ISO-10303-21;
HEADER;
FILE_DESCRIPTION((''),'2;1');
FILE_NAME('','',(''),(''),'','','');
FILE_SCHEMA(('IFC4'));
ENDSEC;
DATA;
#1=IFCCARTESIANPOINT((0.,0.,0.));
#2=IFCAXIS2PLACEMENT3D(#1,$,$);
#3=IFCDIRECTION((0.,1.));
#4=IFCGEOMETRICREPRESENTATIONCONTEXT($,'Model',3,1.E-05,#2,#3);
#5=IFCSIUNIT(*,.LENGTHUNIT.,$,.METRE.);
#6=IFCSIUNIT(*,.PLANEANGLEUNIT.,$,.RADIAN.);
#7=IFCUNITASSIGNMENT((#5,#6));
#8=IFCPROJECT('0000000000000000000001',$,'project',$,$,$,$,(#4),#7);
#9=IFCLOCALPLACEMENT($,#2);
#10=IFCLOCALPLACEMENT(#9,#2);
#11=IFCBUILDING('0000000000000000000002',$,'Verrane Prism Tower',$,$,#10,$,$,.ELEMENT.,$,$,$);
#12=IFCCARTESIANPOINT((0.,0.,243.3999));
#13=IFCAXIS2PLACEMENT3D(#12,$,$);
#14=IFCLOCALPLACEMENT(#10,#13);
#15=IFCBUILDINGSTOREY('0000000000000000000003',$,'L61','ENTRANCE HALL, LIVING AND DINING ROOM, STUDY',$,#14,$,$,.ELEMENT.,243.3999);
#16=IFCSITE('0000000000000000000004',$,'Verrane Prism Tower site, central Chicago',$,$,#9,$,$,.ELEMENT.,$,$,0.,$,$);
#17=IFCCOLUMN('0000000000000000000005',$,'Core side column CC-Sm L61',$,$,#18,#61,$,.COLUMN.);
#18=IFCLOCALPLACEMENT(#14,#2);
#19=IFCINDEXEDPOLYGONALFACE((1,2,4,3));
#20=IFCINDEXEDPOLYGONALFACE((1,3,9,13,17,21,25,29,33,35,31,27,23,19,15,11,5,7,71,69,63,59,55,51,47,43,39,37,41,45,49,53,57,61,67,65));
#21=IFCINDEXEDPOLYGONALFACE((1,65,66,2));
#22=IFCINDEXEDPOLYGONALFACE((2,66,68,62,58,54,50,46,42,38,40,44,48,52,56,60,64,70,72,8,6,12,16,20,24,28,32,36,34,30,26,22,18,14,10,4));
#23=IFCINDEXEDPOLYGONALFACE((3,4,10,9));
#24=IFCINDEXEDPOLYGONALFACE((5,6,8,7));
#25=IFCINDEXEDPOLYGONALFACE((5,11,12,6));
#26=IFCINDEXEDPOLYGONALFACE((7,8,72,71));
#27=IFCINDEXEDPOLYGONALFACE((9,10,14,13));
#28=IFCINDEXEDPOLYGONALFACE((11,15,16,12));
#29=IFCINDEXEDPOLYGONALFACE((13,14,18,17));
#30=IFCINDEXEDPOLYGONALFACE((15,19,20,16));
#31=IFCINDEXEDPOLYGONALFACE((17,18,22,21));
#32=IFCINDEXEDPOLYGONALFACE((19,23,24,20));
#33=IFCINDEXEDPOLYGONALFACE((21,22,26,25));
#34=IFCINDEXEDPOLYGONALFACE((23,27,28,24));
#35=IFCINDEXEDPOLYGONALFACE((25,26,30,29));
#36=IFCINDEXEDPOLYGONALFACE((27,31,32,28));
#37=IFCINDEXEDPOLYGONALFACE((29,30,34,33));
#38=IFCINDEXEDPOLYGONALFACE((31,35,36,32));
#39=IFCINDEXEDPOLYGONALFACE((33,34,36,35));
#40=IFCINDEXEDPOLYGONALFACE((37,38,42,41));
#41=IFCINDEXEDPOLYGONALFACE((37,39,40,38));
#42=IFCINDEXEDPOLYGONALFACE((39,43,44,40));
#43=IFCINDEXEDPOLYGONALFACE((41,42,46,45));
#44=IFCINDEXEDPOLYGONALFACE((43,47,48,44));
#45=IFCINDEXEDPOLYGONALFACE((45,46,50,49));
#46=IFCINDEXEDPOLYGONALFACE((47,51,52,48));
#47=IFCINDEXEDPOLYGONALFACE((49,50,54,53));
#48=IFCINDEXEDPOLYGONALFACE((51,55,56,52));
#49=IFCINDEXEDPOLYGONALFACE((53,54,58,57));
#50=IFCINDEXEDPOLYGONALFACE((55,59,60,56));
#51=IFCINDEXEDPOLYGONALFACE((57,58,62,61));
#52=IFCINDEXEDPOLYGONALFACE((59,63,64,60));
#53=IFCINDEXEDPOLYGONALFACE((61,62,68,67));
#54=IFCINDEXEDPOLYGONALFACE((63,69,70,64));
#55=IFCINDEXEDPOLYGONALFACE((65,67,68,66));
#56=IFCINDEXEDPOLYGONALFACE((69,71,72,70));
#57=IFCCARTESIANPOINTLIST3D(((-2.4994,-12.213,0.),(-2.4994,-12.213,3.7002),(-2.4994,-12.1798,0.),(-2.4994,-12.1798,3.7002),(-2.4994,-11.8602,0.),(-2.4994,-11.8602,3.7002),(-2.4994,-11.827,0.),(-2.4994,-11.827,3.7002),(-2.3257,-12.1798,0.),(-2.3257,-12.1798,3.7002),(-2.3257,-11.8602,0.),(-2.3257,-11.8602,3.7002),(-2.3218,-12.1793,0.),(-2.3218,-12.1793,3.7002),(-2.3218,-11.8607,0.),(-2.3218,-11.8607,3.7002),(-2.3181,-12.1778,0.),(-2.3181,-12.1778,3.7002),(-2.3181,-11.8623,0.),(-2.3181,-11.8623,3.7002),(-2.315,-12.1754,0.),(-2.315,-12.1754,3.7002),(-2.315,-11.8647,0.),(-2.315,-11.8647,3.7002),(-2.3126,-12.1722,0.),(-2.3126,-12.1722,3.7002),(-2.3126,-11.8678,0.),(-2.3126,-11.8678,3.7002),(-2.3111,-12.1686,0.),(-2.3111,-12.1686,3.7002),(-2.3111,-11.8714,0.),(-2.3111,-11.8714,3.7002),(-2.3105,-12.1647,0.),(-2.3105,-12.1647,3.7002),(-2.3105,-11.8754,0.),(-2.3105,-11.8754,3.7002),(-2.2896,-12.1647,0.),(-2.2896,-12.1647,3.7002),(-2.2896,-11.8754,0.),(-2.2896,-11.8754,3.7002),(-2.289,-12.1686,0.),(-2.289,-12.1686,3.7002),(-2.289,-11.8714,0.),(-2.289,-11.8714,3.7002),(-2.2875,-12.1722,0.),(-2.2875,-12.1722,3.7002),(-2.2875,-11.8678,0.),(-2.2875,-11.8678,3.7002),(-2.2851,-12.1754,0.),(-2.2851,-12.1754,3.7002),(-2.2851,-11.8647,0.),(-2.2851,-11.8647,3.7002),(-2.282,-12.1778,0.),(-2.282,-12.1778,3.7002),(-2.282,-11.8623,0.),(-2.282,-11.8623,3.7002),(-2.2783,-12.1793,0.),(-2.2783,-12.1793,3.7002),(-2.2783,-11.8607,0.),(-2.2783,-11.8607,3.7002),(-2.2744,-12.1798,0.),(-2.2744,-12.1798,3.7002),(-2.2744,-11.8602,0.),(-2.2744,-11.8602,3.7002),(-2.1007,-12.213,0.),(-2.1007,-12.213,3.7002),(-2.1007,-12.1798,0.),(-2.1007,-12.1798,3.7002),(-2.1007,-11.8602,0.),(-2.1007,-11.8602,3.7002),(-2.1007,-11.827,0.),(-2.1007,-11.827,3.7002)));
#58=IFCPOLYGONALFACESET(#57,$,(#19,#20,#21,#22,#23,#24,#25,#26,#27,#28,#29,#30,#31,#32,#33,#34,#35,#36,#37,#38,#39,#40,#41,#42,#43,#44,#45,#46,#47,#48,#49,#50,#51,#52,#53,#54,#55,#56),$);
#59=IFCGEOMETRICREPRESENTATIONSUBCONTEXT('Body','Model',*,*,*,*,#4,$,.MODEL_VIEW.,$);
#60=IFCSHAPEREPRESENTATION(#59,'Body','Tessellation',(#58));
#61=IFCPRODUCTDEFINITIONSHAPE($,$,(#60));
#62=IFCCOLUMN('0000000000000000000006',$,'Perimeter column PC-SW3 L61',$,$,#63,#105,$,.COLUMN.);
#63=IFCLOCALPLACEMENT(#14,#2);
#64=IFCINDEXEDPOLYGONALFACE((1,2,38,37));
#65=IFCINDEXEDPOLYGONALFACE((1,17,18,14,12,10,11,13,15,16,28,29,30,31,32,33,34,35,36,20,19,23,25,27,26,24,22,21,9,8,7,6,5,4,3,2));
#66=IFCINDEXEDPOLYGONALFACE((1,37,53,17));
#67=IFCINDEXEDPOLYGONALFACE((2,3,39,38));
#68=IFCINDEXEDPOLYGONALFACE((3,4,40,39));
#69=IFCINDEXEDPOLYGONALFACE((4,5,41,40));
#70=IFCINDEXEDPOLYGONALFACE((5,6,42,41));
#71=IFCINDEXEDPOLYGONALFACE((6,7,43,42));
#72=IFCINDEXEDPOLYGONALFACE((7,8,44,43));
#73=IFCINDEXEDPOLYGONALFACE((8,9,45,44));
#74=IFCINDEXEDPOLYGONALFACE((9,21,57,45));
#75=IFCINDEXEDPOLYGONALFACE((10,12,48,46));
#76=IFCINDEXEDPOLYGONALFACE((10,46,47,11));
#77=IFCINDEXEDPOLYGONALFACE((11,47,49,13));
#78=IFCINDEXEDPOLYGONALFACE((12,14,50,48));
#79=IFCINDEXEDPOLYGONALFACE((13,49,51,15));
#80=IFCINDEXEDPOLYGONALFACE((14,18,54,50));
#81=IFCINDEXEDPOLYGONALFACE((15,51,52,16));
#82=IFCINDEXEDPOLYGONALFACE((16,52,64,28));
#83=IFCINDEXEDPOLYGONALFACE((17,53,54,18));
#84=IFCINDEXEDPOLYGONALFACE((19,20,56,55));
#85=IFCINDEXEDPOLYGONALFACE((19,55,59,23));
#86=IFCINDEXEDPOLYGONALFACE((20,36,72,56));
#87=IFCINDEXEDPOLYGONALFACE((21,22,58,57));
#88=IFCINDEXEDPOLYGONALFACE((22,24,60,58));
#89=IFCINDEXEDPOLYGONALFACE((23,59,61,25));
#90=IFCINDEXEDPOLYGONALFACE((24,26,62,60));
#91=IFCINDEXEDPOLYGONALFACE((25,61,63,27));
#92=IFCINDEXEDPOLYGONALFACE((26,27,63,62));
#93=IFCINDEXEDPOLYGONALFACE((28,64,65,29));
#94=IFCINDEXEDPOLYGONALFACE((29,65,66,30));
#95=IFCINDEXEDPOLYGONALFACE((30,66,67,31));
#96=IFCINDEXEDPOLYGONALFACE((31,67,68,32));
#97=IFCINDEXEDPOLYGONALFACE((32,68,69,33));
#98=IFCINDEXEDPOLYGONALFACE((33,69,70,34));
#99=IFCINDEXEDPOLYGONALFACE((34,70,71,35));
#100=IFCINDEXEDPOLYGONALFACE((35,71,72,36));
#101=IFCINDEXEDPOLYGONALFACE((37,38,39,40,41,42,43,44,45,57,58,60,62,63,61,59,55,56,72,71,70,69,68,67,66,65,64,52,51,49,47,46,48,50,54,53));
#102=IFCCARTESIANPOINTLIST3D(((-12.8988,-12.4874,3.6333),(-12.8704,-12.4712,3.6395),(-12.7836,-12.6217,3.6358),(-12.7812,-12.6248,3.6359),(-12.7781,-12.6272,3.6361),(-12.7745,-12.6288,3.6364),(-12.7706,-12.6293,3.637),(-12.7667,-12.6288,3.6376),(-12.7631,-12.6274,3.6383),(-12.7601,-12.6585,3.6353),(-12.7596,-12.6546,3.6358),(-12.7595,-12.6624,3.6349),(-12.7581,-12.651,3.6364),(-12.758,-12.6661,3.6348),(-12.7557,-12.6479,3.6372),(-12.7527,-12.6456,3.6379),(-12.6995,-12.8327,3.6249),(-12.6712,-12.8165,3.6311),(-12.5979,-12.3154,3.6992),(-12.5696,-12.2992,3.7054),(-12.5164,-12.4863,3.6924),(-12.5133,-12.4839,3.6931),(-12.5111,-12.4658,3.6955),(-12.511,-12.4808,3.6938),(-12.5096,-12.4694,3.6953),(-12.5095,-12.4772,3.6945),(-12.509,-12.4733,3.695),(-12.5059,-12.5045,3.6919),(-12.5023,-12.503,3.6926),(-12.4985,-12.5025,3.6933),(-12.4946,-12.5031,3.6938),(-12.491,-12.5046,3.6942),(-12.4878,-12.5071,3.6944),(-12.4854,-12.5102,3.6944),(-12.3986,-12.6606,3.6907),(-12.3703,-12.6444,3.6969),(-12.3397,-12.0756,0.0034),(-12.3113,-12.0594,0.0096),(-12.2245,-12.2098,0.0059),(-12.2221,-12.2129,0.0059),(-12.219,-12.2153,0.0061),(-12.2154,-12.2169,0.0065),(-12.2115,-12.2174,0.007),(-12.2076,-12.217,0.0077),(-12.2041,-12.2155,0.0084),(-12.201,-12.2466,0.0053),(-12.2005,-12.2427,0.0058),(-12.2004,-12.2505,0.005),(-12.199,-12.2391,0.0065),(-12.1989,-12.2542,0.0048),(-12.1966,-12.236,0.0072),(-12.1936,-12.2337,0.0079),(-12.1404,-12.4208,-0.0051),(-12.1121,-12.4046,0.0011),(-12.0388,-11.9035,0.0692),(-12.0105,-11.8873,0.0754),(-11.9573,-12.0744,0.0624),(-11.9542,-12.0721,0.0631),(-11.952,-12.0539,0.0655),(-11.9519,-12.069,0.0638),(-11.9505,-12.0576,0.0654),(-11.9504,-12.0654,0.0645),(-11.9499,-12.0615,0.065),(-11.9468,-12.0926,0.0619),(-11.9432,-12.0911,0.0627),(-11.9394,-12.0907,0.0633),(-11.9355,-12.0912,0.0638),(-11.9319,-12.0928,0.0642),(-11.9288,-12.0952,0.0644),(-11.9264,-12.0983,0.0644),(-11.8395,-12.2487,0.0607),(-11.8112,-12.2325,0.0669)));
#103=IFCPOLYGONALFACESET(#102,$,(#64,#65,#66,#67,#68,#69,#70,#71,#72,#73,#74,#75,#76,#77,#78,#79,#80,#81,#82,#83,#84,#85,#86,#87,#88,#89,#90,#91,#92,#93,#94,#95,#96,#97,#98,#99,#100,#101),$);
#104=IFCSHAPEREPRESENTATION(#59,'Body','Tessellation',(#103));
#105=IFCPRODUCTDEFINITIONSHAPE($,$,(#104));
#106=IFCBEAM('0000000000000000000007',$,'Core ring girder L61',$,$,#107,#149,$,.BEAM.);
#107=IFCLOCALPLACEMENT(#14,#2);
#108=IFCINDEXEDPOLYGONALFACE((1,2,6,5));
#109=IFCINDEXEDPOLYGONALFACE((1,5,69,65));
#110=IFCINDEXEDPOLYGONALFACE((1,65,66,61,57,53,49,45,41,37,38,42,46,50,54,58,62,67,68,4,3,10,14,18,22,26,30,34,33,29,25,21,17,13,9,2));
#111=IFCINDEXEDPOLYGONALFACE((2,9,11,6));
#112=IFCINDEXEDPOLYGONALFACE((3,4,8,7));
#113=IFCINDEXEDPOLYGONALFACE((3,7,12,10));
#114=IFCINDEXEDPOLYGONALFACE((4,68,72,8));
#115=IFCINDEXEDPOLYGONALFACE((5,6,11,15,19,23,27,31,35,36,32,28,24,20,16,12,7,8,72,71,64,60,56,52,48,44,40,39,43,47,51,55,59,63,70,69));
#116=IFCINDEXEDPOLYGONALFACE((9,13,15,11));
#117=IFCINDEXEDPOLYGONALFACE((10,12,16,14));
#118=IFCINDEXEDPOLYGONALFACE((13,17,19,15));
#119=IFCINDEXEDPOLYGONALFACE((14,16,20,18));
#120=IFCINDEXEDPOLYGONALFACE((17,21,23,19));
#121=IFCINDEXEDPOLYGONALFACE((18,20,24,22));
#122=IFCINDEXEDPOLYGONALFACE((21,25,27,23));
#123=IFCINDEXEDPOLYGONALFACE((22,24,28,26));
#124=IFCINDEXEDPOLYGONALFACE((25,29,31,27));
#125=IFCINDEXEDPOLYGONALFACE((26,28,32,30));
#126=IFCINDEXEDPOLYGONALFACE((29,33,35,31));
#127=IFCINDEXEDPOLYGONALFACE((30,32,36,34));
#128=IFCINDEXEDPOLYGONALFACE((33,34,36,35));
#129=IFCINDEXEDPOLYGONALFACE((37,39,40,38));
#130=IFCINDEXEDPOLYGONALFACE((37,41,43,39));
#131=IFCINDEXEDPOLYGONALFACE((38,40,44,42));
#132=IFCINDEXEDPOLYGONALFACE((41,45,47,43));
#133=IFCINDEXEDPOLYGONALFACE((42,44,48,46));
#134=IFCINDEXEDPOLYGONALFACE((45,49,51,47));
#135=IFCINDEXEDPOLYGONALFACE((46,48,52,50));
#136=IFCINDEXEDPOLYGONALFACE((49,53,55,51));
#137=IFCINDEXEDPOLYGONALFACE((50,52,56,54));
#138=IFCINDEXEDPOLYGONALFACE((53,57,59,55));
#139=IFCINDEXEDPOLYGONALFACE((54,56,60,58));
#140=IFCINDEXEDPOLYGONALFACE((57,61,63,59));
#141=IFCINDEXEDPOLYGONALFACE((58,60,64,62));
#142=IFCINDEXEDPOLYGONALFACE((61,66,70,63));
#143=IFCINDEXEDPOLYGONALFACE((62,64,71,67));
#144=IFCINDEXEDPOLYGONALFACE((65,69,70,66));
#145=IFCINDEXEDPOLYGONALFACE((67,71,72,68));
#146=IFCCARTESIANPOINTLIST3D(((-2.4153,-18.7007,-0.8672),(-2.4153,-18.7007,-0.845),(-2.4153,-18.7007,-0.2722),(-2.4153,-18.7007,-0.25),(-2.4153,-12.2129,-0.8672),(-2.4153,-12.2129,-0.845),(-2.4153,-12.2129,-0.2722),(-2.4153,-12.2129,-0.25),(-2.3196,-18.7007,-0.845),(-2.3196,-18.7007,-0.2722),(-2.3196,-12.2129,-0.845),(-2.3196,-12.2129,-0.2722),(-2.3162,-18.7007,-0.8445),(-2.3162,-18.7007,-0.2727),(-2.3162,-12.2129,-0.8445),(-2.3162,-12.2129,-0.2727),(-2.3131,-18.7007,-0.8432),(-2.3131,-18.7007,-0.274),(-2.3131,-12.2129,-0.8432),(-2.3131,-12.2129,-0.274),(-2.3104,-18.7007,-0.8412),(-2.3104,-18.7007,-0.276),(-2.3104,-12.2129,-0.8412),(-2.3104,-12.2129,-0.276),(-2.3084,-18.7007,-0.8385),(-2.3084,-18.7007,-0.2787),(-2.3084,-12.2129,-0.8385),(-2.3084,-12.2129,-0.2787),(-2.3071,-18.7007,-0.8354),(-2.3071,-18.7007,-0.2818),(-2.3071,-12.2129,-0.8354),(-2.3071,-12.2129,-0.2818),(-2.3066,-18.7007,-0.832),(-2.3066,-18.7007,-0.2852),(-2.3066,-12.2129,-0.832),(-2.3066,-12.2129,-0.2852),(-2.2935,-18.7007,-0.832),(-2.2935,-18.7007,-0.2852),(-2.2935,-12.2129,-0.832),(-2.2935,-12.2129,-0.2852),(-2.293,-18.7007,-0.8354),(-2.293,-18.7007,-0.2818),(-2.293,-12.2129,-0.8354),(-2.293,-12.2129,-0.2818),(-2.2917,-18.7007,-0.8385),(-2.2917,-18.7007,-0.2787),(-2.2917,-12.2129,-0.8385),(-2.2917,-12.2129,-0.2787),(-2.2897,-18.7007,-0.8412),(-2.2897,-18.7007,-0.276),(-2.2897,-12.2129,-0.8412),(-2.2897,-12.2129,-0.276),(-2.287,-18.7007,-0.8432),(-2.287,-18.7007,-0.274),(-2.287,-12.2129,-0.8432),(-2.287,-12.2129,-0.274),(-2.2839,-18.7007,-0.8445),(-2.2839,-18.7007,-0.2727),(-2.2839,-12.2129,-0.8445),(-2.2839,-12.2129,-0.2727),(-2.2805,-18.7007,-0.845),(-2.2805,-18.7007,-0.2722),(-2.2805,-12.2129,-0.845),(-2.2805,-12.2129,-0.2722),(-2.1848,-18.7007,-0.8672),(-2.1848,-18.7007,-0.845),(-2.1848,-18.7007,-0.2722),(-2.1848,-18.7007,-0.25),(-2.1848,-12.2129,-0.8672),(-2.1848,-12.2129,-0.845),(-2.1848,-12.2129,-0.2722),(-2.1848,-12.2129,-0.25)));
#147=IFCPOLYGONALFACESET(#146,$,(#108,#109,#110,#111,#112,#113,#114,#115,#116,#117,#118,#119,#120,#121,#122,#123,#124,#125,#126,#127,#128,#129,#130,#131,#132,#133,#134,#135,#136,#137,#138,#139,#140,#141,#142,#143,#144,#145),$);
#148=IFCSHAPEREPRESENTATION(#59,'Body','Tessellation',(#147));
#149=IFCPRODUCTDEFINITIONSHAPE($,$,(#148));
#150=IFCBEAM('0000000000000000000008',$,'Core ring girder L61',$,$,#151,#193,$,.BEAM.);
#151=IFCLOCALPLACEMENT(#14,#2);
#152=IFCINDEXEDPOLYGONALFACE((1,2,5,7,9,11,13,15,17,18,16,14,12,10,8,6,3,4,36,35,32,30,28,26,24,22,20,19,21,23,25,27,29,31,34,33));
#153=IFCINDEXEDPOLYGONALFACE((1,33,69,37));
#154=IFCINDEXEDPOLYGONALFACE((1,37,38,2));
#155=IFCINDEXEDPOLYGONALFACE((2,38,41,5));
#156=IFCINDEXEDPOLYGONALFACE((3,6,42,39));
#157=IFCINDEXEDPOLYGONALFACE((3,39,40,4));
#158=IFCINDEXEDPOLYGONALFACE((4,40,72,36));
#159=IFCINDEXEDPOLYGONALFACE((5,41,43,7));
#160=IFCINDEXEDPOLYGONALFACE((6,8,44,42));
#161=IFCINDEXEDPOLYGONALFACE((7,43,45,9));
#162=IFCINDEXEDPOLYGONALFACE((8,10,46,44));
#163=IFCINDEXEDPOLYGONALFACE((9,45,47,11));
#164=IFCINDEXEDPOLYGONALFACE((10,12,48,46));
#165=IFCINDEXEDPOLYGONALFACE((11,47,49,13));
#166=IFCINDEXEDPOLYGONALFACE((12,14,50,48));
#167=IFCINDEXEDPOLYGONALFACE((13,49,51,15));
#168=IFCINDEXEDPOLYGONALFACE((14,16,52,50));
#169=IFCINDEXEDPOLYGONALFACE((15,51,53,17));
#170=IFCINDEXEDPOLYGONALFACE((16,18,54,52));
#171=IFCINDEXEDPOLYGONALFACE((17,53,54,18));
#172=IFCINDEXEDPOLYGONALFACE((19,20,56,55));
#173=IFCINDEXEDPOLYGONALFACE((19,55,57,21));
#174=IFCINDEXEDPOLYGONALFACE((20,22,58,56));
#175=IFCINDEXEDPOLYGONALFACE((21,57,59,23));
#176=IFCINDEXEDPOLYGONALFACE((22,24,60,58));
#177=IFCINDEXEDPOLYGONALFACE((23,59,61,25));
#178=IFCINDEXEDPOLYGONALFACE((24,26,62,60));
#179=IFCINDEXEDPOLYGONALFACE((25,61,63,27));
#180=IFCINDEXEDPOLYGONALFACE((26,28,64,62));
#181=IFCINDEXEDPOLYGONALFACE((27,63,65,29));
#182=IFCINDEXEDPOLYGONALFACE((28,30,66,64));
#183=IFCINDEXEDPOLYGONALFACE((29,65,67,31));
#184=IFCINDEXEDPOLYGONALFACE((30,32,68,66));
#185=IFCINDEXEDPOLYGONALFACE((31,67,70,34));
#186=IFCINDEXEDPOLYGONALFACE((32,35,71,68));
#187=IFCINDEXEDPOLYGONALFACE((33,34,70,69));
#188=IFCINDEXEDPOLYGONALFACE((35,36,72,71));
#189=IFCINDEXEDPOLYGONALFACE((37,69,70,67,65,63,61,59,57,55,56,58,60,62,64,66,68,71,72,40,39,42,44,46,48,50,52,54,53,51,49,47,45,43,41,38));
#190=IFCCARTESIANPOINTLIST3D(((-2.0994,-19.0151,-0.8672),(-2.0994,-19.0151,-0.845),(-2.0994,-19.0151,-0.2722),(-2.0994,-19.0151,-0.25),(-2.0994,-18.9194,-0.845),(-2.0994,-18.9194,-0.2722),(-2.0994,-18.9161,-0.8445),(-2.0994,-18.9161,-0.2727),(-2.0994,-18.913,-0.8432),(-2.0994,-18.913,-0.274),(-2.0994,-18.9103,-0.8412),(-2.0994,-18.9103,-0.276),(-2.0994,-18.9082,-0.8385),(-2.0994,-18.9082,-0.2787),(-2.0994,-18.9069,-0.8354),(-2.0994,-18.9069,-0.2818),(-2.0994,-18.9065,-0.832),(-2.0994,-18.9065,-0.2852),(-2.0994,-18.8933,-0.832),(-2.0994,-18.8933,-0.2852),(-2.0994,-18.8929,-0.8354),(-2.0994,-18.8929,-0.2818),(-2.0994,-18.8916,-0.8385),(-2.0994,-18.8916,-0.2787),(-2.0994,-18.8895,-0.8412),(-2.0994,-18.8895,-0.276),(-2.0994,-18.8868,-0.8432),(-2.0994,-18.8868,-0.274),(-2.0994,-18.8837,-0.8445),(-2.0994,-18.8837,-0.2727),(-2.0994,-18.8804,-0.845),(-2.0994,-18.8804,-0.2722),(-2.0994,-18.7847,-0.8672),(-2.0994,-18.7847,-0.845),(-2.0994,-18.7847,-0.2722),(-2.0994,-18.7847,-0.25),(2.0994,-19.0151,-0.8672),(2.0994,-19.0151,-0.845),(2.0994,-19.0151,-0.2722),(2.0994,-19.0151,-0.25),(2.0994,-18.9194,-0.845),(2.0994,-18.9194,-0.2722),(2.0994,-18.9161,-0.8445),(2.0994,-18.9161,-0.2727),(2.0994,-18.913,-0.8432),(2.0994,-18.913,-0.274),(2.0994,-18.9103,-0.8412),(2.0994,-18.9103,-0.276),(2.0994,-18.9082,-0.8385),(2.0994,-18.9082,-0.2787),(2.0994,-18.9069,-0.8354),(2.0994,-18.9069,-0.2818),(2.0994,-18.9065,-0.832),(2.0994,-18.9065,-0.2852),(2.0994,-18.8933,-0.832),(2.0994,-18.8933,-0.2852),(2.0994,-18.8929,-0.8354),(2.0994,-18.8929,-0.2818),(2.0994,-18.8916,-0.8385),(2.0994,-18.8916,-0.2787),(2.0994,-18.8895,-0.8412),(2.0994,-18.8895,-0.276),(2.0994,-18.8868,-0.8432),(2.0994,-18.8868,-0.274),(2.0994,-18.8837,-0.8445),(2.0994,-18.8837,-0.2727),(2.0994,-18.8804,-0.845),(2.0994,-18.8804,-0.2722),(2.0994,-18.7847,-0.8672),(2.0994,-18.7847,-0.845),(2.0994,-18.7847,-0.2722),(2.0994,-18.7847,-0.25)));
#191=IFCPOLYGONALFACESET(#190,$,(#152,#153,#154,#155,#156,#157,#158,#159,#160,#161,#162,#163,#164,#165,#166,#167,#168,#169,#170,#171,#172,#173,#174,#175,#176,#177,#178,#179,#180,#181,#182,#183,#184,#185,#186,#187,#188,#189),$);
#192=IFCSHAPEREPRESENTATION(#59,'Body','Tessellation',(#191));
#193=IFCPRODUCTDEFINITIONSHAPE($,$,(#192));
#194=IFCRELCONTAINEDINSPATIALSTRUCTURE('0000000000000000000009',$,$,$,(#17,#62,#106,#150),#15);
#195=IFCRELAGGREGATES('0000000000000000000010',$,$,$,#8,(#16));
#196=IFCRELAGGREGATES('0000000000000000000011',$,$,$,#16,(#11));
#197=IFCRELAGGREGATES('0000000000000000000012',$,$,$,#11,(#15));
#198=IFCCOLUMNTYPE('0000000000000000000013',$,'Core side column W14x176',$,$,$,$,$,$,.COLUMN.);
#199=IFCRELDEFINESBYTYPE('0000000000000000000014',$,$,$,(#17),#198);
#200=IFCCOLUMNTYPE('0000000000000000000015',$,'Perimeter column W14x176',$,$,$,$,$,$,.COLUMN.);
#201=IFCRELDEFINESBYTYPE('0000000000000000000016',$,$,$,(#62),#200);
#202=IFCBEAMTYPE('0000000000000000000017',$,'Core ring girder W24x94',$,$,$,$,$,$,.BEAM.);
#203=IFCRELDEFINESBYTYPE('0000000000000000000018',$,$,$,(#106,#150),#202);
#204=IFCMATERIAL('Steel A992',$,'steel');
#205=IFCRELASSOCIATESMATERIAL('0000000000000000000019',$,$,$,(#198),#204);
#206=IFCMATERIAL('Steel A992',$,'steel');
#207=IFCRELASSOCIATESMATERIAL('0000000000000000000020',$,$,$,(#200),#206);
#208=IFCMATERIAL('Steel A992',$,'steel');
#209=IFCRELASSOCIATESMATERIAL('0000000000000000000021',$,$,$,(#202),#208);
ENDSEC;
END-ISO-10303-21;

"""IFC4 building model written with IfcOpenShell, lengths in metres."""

from ifc_helpers import new_model, si_unit, direction, frame, origin, origin_2d, place, context, subcontext, project, spatial, i_section, extrude, material, material_profile, profile_set, type_object, element, save


model = new_model("IFC4")

# Units and contexts
model_context = context("Model", 3, precision=1e-05, world=origin(), true_north=direction((0.0, 1.0)))
body_context = subcontext(model_context, "Body", "Model", "MODEL_VIEW")
ifc_project = project(units=[si_unit("LENGTHUNIT", "METRE"), si_unit("PLANEANGLEUNIT", "RADIAN")], contexts=[model_context])

# Site, building, storey
site_placement = place(None, origin())
site = spatial("IfcSite", under=ifc_project, at=site_placement, Name="Verrane Prism Tower site, central Chicago", CompositionType="ELEMENT", RefElevation=0.0)
building_placement = place(site_placement, origin())
building = spatial("IfcBuilding", under=site, at=building_placement, Name="Verrane Prism Tower", CompositionType="ELEMENT")
storey_placement = place(building_placement, frame((0.0, 0.0, 243.3999)))
storey = spatial("IfcBuildingStorey", under=building, at=storey_placement, Name="L61", Description="ENTRANCE HALL, LIVING AND DINING ROOM, STUDY", CompositionType="ELEMENT", Elevation=243.3999)

# Columns
ifc_material_1 = material(Name="Steel A992", Category="steel")
ifc_material_profile_1 = material_profile(ifc_material_1, i_section(OverallWidth=0.3987, OverallDepth=0.386, WebThickness=0.021, FlangeThickness=0.0332, FilletRadius=0.0151, at=origin_2d()), Name="W14x176")
ifc_profile_set_1 = profile_set([ifc_material_profile_1], Name="Steel A992")
column_type_1 = type_object("IfcColumnType", Name="Core side column W14x176", PredefinedType="COLUMN", material=ifc_profile_set_1)
column_1_placement = place(storey_placement, frame((-2.3, -12.02, 0.0), z_axis=(0.0, 0.0, 1.0), x_axis=(1.0, 0.0, 0.0)))
element("IfcColumn", 1, at=column_1_placement, inside=storey, type_object=column_type_1, Name="Core side column CC-Sm L61", PredefinedType="COLUMN", context=body_context, shape_type="SweptSolid", body=[
    extrude(i_section(OverallWidth=0.3987, OverallDepth=0.386, WebThickness=0.021, FlangeThickness=0.0332, FilletRadius=0.0151, at=origin_2d()), origin(), (0.0, 0.0, 1.0), 3.7002),
])
ifc_material_2 = material(Name="Steel A992", Category="steel")
ifc_material_profile_2 = material_profile(ifc_material_2, i_section(OverallWidth=0.3987, OverallDepth=0.386, WebThickness=0.021, FlangeThickness=0.0332, FilletRadius=0.0151, at=origin_2d()), Name="W14x176")
ifc_profile_set_2 = profile_set([ifc_material_profile_2], Name="Steel A992")
column_type_2 = type_object("IfcColumnType", Name="Perimeter column W14x176", PredefinedType="COLUMN", material=ifc_profile_set_2)
column_2_placement = place(storey_placement, frame((-12.0754, -12.1541, 0.0352), z_axis=(-0.151279, -0.111444, 0.982189), x_axis=(-0.499796, 0.865882, 0.021268)))
element("IfcColumn", 2, at=column_2_placement, inside=storey, type_object=column_type_2, Name="Perimeter column PC-SW3 L61", PredefinedType="COLUMN", context=body_context, shape_type="SweptSolid", body=[
    extrude(i_section(OverallWidth=0.3987, OverallDepth=0.386, WebThickness=0.021, FlangeThickness=0.0332, FilletRadius=0.0151, at=origin_2d()), origin(), (0.0, 0.0, 1.0), 3.6958),
])

# Beams
ifc_material_3 = material(Name="Steel A992", Category="steel")
ifc_material_profile_3 = material_profile(ifc_material_3, i_section(OverallWidth=0.2305, OverallDepth=0.6172, WebThickness=0.0132, FlangeThickness=0.0222, FilletRadius=0.0129, at=origin_2d()), Name="W24x94")
ifc_profile_set_3 = profile_set([ifc_material_profile_3], Name="Steel A992")
beam_type_1 = type_object("IfcBeamType", Name="Core ring girder W24x94", PredefinedType="BEAM", material=ifc_profile_set_3)
beam_1_placement = place(storey_placement, frame((-2.3, -12.2129, -0.5586), z_axis=(0.0, -1.0, 0.0), x_axis=(1.0, 0.0, 0.0)))
element("IfcBeam", 3, at=beam_1_placement, inside=storey, type_object=beam_type_1, Name="Core ring girder L61", PredefinedType="BEAM", context=body_context, shape_type="SweptSolid", body=[
    extrude(i_section(OverallWidth=0.2305, OverallDepth=0.6172, WebThickness=0.0132, FlangeThickness=0.0222, FilletRadius=0.0129, at=origin_2d()), origin(), (0.0, 0.0, 1.0), 6.4878),
])
beam_2_placement = place(storey_placement, frame((-2.0994, -18.8999, -0.5586), z_axis=(1.0, 0.0, 0.0), x_axis=(0.0, 1.0, 0.0)))
element("IfcBeam", 4, at=beam_2_placement, inside=storey, type_object=beam_type_1, Name="Core ring girder L61", PredefinedType="BEAM", context=body_context, shape_type="SweptSolid", body=[
    extrude(i_section(OverallWidth=0.2305, OverallDepth=0.6172, WebThickness=0.0132, FlangeThickness=0.0222, FilletRadius=0.0129, at=origin_2d()), origin(), (0.0, 0.0, 1.0), 4.1987),
])

save(model, "model.ifc")
